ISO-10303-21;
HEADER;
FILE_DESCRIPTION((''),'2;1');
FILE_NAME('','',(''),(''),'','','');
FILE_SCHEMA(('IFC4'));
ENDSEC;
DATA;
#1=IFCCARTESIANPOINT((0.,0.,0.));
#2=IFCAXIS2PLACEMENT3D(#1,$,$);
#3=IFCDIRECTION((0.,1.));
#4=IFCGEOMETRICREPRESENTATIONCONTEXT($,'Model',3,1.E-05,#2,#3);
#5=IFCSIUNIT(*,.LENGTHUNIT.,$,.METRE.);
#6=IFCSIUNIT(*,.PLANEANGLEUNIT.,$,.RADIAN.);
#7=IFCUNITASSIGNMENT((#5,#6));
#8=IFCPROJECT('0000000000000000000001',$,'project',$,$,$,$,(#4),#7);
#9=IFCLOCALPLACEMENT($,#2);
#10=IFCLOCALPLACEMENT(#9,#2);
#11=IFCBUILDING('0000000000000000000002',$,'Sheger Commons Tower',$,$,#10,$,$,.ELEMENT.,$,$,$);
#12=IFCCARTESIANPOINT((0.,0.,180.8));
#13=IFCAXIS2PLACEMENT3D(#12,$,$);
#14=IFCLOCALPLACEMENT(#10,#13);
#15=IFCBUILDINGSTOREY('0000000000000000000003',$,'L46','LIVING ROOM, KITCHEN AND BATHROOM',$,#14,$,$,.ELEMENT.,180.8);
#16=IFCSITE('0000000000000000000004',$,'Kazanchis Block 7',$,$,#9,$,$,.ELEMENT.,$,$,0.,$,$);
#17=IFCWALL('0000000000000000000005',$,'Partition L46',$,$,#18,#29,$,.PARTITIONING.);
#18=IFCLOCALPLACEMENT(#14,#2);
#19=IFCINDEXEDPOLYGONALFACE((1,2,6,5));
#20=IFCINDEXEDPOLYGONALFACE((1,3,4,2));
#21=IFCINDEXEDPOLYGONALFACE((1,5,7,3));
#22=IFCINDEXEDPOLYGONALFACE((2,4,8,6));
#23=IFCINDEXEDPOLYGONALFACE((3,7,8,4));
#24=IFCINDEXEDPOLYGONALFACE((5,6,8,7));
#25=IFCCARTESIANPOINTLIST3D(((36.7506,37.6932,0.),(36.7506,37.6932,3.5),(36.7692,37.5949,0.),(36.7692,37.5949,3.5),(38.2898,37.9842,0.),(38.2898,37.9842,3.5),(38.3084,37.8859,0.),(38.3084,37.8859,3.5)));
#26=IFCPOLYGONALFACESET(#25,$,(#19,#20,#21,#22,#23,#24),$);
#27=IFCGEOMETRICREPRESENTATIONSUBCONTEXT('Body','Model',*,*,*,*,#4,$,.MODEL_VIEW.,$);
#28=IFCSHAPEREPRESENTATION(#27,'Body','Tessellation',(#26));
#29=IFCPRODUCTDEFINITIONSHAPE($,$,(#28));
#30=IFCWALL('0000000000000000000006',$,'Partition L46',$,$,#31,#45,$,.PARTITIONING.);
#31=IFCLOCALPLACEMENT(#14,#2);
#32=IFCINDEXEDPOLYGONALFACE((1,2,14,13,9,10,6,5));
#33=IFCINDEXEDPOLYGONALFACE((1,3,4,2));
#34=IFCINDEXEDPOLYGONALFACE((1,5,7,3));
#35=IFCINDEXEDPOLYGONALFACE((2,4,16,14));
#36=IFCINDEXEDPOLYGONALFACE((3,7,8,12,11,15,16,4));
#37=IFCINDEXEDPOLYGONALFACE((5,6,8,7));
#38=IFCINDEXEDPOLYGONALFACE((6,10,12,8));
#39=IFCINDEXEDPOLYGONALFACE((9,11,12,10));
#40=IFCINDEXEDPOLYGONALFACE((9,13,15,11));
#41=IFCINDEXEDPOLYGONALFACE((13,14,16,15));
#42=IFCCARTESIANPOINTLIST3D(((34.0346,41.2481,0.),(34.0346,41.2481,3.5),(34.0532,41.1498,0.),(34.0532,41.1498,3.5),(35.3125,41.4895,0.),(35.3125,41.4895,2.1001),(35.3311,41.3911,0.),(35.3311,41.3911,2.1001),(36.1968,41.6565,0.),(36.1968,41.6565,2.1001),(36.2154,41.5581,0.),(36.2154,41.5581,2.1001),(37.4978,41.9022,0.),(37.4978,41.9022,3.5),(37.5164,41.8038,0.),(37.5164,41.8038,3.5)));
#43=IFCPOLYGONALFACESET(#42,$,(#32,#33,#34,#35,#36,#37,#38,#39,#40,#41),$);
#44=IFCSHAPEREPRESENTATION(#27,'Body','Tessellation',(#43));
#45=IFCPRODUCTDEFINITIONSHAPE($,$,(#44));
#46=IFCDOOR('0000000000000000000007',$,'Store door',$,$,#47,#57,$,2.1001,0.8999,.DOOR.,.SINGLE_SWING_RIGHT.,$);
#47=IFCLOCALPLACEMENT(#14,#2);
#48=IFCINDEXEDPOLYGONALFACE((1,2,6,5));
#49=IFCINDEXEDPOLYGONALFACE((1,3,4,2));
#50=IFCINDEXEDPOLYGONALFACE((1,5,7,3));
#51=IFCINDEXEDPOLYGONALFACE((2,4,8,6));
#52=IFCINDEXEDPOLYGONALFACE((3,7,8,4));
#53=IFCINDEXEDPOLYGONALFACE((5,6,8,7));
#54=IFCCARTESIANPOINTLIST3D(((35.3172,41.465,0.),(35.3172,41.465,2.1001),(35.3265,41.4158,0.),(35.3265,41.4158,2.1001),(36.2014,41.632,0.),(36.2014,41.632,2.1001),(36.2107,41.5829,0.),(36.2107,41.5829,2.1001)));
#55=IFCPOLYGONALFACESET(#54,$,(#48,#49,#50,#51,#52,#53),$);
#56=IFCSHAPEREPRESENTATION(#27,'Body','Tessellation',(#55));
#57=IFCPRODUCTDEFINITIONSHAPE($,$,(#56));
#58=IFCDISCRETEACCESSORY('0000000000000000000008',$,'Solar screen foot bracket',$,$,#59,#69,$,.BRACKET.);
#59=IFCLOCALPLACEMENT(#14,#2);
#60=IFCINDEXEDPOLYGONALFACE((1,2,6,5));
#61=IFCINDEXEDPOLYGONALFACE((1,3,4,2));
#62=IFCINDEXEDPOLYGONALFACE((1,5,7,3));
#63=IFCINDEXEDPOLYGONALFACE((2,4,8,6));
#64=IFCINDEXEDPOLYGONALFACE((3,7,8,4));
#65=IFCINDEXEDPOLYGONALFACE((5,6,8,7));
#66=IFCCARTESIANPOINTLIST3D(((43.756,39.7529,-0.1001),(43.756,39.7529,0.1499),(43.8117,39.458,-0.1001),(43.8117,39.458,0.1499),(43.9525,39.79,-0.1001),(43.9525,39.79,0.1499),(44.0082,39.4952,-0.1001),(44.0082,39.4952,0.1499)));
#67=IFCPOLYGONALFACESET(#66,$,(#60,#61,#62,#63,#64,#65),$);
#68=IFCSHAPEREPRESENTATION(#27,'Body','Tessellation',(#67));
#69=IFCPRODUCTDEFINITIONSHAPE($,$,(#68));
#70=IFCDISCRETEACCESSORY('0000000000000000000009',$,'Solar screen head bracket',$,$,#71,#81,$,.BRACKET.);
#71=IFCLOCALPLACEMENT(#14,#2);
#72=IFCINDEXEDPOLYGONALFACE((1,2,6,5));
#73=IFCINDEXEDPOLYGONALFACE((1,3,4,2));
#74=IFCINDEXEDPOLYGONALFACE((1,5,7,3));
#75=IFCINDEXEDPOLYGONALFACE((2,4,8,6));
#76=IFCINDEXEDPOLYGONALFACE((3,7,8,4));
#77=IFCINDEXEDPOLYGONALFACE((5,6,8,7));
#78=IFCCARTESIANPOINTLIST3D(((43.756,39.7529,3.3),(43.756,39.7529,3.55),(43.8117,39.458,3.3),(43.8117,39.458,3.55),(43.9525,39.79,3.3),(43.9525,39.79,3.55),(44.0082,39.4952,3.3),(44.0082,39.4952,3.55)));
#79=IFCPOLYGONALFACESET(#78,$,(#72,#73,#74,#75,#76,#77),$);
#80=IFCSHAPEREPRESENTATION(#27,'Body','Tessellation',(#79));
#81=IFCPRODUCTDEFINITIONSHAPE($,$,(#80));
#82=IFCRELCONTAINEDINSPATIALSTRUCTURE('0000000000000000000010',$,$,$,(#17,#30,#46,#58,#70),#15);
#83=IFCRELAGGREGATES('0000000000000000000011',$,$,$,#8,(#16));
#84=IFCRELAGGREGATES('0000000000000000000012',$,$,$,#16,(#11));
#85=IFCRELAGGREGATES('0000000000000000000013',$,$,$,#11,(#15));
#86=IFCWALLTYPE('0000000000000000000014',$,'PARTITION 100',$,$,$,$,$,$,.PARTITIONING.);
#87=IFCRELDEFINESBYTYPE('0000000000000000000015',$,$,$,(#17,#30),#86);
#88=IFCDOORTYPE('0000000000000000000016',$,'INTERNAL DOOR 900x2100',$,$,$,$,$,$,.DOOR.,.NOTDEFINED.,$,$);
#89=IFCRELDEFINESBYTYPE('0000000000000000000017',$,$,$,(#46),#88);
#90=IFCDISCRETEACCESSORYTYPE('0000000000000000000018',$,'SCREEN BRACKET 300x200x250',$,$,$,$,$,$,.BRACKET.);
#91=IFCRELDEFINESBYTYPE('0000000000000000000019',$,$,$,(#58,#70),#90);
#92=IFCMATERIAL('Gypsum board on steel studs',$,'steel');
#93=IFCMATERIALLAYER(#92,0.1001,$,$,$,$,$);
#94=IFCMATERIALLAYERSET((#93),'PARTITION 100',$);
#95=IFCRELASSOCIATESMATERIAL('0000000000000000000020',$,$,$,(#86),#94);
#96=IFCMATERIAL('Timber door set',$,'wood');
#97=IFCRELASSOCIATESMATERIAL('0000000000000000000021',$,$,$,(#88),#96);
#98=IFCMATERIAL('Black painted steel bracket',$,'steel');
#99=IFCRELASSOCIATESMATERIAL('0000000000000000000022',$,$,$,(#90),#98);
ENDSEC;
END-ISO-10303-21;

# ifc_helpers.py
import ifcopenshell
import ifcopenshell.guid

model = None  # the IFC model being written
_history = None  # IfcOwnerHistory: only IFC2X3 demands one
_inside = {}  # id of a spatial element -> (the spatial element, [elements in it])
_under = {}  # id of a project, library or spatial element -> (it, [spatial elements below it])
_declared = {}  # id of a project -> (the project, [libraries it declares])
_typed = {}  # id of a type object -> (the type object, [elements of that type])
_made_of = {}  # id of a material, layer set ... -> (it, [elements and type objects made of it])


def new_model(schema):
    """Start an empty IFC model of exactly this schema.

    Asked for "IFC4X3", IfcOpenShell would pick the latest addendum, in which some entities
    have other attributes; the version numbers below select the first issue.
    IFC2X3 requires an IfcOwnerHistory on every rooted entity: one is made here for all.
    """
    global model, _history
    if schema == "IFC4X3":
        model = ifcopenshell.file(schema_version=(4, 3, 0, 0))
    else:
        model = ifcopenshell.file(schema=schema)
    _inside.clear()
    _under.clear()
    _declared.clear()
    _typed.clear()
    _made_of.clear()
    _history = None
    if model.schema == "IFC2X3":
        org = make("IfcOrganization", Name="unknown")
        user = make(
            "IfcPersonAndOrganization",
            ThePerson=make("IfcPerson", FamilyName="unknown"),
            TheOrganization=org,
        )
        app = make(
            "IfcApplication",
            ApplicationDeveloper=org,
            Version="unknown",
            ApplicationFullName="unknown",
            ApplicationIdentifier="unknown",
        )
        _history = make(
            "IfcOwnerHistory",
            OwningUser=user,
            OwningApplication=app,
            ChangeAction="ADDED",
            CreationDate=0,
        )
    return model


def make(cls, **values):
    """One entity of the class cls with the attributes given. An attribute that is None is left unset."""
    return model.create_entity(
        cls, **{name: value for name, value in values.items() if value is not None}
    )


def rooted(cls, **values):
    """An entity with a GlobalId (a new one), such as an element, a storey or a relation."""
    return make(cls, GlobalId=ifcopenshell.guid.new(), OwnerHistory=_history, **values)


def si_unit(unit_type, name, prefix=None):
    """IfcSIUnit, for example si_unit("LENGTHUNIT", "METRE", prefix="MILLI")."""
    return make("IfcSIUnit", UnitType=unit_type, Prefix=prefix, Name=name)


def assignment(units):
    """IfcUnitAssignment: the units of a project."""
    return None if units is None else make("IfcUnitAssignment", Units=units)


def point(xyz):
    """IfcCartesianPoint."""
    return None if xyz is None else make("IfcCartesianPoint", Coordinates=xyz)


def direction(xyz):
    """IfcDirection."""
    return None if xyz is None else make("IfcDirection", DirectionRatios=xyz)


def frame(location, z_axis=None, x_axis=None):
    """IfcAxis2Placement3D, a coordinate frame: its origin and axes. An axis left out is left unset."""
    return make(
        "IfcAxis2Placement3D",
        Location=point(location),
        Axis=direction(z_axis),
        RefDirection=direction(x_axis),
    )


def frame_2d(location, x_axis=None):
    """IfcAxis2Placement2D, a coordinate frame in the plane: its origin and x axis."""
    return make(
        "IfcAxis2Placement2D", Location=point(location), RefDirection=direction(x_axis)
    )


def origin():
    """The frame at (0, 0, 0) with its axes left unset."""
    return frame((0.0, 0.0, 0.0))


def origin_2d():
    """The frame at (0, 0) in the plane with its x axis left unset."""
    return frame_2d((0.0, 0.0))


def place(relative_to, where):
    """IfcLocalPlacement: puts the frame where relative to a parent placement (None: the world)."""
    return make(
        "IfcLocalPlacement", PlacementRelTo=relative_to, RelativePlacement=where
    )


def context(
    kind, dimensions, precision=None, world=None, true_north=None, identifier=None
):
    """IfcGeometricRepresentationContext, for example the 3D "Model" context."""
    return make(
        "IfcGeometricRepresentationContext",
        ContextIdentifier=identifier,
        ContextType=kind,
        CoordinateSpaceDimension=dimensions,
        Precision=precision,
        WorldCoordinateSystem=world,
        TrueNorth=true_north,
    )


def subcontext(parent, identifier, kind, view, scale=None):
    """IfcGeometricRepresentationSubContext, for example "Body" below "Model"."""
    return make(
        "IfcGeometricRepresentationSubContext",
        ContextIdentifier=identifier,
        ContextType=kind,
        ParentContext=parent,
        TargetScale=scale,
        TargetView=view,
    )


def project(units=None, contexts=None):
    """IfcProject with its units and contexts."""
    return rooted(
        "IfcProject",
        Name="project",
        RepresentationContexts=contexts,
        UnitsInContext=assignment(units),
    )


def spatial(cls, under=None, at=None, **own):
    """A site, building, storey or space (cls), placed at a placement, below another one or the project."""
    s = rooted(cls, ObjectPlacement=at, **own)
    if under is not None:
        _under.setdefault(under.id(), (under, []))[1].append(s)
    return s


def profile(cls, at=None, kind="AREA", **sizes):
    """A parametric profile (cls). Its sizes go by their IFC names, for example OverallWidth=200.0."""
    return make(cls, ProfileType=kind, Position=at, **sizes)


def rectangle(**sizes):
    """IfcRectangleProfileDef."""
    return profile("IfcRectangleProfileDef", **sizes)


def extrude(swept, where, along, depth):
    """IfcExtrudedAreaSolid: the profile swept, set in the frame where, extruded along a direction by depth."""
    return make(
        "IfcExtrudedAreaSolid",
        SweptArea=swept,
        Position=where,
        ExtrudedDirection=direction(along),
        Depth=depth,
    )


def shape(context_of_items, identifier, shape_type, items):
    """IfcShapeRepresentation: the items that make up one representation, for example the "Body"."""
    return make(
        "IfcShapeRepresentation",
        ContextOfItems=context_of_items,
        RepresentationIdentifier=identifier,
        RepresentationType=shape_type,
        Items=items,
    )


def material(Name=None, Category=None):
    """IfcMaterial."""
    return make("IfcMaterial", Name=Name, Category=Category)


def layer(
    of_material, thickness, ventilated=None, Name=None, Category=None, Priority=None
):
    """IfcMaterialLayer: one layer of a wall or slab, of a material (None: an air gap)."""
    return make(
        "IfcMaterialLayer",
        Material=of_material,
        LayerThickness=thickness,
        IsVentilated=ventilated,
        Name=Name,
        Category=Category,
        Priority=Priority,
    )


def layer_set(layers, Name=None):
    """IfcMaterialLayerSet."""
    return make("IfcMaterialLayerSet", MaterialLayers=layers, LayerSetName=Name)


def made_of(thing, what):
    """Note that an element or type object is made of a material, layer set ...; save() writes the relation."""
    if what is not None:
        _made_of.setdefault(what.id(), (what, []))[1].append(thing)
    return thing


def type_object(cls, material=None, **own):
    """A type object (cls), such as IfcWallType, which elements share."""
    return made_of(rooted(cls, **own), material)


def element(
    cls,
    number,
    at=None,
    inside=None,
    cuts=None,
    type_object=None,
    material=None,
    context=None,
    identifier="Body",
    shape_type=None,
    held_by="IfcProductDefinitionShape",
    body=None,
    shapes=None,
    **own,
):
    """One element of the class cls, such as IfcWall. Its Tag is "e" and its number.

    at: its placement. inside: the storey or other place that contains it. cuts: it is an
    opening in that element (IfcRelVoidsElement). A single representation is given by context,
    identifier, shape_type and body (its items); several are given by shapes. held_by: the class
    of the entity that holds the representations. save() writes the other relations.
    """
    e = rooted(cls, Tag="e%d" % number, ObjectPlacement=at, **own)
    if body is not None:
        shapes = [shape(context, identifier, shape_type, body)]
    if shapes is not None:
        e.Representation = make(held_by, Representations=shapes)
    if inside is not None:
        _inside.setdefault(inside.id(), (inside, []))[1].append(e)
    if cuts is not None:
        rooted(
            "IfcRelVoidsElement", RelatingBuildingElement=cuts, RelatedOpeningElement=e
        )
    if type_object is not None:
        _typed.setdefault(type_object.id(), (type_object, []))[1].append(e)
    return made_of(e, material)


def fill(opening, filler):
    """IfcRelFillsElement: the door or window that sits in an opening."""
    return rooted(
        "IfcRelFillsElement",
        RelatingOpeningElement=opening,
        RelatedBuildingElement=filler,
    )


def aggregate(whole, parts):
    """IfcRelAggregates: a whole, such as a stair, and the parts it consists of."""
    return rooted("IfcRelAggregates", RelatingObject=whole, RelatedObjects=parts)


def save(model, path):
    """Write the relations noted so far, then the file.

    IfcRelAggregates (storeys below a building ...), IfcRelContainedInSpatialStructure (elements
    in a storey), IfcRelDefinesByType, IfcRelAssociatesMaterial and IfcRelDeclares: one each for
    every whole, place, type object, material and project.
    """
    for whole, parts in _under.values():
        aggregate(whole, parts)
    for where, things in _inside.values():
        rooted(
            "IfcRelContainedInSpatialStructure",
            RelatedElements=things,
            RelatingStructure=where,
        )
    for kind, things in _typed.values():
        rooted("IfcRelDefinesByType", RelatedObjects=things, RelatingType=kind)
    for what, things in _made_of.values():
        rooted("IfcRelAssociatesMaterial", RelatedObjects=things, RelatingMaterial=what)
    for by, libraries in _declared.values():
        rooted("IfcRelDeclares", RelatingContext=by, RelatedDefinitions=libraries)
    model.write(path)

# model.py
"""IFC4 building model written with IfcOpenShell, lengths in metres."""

from ifc_helpers import new_model, si_unit, direction, frame, frame_2d, origin, origin_2d, place, context, subcontext, project, spatial, rectangle, extrude, material, layer, layer_set, type_object, element, fill, save


model = new_model("IFC4")

# Units and contexts
model_context = context("Model", 3, precision=1e-05, world=origin(), true_north=direction((0.0, 1.0)))
body_context = subcontext(model_context, "Body", "Model", "MODEL_VIEW")
ifc_project = project(units=[si_unit("LENGTHUNIT", "METRE"), si_unit("PLANEANGLEUNIT", "RADIAN")], contexts=[model_context])

# Site, building, storey
site_placement = place(None, origin())
site = spatial("IfcSite", under=ifc_project, at=site_placement, Name="Kazanchis Block 7", CompositionType="ELEMENT", RefElevation=0.0)
building_placement = place(site_placement, origin())
building = spatial("IfcBuilding", under=site, at=building_placement, Name="Sheger Commons Tower", CompositionType="ELEMENT")
storey_placement = place(building_placement, frame((0.0, 0.0, 180.8)))
storey = spatial("IfcBuildingStorey", under=building, at=storey_placement, Name="L46", Description="LIVING ROOM, KITCHEN AND BATHROOM", CompositionType="ELEMENT", Elevation=180.8)

# Shared definitions
ifc_material_1 = material(Name="Gypsum board on steel studs", Category="steel")
ifc_layer_1 = layer(ifc_material_1, 0.1001)
ifc_layer_set_1 = layer_set([ifc_layer_1], Name="PARTITION 100")
wall_type = type_object("IfcWallType", Name="PARTITION 100", PredefinedType="PARTITIONING", material=ifc_layer_set_1)

# Shared definitions
ifc_material_2 = material(Name="Timber door set", Category="wood")
door_type = type_object("IfcDoorType", Name="INTERNAL DOOR 900x2100", OperationType="NOTDEFINED", PredefinedType="DOOR", material=ifc_material_2)

# Wall
wall_1_placement = place(storey_placement, frame((38.2991, 37.9351, 0.0), z_axis=(0.0, 0.0, 1.0), x_axis=(-0.982589, -0.185794, 0.0)))
element("IfcWall", 1, at=wall_1_placement, inside=storey, type_object=wall_type, Name="Partition L46", PredefinedType="PARTITIONING", context=body_context, shape_type="SweptSolid", body=[
    extrude(rectangle(XDim=1.5664, YDim=0.1001, at=frame_2d((0.7832, 0.0))), origin(), (0.0, 0.0, 1.0), 3.5),
])

# Wall, opening, door
wall_2_placement = place(storey_placement, frame((37.5071, 41.853, 0.0), z_axis=(0.0, 0.0, 1.0), x_axis=(-0.982629, -0.185581, 0.0)))
wall_2 = element("IfcWall", 2, at=wall_2_placement, inside=storey, type_object=wall_type, Name="Partition L46", PredefinedType="PARTITIONING", context=body_context, shape_type="SweptSolid", body=[
    extrude(rectangle(XDim=3.5244, YDim=0.1001, at=frame_2d((1.7622, 0.0))), origin(), (0.0, 0.0, 1.0), 3.5),
])
opening_1_placement = place(wall_2_placement, frame((1.324, 0.0, 0.0)))
opening_1 = element("IfcOpeningElement", 3, at=opening_1_placement, cuts=wall_2, PredefinedType="OPENING", context=body_context, shape_type="SweptSolid", body=[
    extrude(rectangle(XDim=0.8999, YDim=2.1001, at=frame_2d((0.45, 1.05))), frame((0.0, 0.0601, 0.0), z_axis=(0.0, -1.0, 0.0), x_axis=(1.0, 0.0, 0.0)), (0.0, 0.0, 1.0), 0.1201),
])
door_1_placement = place(opening_1_placement, origin())
door_1 = element("IfcDoor", 4, at=door_1_placement, inside=storey, type_object=door_type, Name="Store door", OperationType="SINGLE_SWING_RIGHT", OverallHeight=2.1001, OverallWidth=0.8999, PredefinedType="DOOR", context=body_context, shape_type="SweptSolid", body=[
    extrude(rectangle(XDim=0.8999, YDim=2.1001, at=frame_2d((0.45, 1.05))), frame((0.0, 0.0249, 0.0), z_axis=(0.0, -1.0, 0.0), x_axis=(1.0, 0.0, 0.0)), (0.0, 0.0, 1.0), 0.05),
])
fill(opening_1, door_1)

# Discrete accessories
ifc_material_3 = material(Name="Black painted steel bracket", Category="steel")
discrete_accessory_type = type_object("IfcDiscreteAccessoryType", Name="SCREEN BRACKET 300x200x250", PredefinedType="BRACKET", material=ifc_material_3)
for number, where, z_axis, x_axis, name in (
    (5, (43.8821, 39.624, -0.1001), (0.0, 0.0, 1.0), (-0.185615, 0.982623, 0.0), "Solar screen foot bracket"),
    (6, (43.8821, 39.624, 3.3), (0.0, 0.0, 1.0), (-0.185615, 0.982623, 0.0), "Solar screen head bracket"),
):
    element("IfcDiscreteAccessory", number, at=place(storey_placement, frame(where, z_axis=z_axis, x_axis=x_axis)), inside=storey, type_object=discrete_accessory_type, Name=name, PredefinedType="BRACKET", context=body_context, shape_type="SweptSolid", body=[
        extrude(rectangle(XDim=0.3, YDim=0.2, at=origin_2d()), origin(), (0.0, 0.0, 1.0), 0.25),
    ])

save(model, "model.ifc")
